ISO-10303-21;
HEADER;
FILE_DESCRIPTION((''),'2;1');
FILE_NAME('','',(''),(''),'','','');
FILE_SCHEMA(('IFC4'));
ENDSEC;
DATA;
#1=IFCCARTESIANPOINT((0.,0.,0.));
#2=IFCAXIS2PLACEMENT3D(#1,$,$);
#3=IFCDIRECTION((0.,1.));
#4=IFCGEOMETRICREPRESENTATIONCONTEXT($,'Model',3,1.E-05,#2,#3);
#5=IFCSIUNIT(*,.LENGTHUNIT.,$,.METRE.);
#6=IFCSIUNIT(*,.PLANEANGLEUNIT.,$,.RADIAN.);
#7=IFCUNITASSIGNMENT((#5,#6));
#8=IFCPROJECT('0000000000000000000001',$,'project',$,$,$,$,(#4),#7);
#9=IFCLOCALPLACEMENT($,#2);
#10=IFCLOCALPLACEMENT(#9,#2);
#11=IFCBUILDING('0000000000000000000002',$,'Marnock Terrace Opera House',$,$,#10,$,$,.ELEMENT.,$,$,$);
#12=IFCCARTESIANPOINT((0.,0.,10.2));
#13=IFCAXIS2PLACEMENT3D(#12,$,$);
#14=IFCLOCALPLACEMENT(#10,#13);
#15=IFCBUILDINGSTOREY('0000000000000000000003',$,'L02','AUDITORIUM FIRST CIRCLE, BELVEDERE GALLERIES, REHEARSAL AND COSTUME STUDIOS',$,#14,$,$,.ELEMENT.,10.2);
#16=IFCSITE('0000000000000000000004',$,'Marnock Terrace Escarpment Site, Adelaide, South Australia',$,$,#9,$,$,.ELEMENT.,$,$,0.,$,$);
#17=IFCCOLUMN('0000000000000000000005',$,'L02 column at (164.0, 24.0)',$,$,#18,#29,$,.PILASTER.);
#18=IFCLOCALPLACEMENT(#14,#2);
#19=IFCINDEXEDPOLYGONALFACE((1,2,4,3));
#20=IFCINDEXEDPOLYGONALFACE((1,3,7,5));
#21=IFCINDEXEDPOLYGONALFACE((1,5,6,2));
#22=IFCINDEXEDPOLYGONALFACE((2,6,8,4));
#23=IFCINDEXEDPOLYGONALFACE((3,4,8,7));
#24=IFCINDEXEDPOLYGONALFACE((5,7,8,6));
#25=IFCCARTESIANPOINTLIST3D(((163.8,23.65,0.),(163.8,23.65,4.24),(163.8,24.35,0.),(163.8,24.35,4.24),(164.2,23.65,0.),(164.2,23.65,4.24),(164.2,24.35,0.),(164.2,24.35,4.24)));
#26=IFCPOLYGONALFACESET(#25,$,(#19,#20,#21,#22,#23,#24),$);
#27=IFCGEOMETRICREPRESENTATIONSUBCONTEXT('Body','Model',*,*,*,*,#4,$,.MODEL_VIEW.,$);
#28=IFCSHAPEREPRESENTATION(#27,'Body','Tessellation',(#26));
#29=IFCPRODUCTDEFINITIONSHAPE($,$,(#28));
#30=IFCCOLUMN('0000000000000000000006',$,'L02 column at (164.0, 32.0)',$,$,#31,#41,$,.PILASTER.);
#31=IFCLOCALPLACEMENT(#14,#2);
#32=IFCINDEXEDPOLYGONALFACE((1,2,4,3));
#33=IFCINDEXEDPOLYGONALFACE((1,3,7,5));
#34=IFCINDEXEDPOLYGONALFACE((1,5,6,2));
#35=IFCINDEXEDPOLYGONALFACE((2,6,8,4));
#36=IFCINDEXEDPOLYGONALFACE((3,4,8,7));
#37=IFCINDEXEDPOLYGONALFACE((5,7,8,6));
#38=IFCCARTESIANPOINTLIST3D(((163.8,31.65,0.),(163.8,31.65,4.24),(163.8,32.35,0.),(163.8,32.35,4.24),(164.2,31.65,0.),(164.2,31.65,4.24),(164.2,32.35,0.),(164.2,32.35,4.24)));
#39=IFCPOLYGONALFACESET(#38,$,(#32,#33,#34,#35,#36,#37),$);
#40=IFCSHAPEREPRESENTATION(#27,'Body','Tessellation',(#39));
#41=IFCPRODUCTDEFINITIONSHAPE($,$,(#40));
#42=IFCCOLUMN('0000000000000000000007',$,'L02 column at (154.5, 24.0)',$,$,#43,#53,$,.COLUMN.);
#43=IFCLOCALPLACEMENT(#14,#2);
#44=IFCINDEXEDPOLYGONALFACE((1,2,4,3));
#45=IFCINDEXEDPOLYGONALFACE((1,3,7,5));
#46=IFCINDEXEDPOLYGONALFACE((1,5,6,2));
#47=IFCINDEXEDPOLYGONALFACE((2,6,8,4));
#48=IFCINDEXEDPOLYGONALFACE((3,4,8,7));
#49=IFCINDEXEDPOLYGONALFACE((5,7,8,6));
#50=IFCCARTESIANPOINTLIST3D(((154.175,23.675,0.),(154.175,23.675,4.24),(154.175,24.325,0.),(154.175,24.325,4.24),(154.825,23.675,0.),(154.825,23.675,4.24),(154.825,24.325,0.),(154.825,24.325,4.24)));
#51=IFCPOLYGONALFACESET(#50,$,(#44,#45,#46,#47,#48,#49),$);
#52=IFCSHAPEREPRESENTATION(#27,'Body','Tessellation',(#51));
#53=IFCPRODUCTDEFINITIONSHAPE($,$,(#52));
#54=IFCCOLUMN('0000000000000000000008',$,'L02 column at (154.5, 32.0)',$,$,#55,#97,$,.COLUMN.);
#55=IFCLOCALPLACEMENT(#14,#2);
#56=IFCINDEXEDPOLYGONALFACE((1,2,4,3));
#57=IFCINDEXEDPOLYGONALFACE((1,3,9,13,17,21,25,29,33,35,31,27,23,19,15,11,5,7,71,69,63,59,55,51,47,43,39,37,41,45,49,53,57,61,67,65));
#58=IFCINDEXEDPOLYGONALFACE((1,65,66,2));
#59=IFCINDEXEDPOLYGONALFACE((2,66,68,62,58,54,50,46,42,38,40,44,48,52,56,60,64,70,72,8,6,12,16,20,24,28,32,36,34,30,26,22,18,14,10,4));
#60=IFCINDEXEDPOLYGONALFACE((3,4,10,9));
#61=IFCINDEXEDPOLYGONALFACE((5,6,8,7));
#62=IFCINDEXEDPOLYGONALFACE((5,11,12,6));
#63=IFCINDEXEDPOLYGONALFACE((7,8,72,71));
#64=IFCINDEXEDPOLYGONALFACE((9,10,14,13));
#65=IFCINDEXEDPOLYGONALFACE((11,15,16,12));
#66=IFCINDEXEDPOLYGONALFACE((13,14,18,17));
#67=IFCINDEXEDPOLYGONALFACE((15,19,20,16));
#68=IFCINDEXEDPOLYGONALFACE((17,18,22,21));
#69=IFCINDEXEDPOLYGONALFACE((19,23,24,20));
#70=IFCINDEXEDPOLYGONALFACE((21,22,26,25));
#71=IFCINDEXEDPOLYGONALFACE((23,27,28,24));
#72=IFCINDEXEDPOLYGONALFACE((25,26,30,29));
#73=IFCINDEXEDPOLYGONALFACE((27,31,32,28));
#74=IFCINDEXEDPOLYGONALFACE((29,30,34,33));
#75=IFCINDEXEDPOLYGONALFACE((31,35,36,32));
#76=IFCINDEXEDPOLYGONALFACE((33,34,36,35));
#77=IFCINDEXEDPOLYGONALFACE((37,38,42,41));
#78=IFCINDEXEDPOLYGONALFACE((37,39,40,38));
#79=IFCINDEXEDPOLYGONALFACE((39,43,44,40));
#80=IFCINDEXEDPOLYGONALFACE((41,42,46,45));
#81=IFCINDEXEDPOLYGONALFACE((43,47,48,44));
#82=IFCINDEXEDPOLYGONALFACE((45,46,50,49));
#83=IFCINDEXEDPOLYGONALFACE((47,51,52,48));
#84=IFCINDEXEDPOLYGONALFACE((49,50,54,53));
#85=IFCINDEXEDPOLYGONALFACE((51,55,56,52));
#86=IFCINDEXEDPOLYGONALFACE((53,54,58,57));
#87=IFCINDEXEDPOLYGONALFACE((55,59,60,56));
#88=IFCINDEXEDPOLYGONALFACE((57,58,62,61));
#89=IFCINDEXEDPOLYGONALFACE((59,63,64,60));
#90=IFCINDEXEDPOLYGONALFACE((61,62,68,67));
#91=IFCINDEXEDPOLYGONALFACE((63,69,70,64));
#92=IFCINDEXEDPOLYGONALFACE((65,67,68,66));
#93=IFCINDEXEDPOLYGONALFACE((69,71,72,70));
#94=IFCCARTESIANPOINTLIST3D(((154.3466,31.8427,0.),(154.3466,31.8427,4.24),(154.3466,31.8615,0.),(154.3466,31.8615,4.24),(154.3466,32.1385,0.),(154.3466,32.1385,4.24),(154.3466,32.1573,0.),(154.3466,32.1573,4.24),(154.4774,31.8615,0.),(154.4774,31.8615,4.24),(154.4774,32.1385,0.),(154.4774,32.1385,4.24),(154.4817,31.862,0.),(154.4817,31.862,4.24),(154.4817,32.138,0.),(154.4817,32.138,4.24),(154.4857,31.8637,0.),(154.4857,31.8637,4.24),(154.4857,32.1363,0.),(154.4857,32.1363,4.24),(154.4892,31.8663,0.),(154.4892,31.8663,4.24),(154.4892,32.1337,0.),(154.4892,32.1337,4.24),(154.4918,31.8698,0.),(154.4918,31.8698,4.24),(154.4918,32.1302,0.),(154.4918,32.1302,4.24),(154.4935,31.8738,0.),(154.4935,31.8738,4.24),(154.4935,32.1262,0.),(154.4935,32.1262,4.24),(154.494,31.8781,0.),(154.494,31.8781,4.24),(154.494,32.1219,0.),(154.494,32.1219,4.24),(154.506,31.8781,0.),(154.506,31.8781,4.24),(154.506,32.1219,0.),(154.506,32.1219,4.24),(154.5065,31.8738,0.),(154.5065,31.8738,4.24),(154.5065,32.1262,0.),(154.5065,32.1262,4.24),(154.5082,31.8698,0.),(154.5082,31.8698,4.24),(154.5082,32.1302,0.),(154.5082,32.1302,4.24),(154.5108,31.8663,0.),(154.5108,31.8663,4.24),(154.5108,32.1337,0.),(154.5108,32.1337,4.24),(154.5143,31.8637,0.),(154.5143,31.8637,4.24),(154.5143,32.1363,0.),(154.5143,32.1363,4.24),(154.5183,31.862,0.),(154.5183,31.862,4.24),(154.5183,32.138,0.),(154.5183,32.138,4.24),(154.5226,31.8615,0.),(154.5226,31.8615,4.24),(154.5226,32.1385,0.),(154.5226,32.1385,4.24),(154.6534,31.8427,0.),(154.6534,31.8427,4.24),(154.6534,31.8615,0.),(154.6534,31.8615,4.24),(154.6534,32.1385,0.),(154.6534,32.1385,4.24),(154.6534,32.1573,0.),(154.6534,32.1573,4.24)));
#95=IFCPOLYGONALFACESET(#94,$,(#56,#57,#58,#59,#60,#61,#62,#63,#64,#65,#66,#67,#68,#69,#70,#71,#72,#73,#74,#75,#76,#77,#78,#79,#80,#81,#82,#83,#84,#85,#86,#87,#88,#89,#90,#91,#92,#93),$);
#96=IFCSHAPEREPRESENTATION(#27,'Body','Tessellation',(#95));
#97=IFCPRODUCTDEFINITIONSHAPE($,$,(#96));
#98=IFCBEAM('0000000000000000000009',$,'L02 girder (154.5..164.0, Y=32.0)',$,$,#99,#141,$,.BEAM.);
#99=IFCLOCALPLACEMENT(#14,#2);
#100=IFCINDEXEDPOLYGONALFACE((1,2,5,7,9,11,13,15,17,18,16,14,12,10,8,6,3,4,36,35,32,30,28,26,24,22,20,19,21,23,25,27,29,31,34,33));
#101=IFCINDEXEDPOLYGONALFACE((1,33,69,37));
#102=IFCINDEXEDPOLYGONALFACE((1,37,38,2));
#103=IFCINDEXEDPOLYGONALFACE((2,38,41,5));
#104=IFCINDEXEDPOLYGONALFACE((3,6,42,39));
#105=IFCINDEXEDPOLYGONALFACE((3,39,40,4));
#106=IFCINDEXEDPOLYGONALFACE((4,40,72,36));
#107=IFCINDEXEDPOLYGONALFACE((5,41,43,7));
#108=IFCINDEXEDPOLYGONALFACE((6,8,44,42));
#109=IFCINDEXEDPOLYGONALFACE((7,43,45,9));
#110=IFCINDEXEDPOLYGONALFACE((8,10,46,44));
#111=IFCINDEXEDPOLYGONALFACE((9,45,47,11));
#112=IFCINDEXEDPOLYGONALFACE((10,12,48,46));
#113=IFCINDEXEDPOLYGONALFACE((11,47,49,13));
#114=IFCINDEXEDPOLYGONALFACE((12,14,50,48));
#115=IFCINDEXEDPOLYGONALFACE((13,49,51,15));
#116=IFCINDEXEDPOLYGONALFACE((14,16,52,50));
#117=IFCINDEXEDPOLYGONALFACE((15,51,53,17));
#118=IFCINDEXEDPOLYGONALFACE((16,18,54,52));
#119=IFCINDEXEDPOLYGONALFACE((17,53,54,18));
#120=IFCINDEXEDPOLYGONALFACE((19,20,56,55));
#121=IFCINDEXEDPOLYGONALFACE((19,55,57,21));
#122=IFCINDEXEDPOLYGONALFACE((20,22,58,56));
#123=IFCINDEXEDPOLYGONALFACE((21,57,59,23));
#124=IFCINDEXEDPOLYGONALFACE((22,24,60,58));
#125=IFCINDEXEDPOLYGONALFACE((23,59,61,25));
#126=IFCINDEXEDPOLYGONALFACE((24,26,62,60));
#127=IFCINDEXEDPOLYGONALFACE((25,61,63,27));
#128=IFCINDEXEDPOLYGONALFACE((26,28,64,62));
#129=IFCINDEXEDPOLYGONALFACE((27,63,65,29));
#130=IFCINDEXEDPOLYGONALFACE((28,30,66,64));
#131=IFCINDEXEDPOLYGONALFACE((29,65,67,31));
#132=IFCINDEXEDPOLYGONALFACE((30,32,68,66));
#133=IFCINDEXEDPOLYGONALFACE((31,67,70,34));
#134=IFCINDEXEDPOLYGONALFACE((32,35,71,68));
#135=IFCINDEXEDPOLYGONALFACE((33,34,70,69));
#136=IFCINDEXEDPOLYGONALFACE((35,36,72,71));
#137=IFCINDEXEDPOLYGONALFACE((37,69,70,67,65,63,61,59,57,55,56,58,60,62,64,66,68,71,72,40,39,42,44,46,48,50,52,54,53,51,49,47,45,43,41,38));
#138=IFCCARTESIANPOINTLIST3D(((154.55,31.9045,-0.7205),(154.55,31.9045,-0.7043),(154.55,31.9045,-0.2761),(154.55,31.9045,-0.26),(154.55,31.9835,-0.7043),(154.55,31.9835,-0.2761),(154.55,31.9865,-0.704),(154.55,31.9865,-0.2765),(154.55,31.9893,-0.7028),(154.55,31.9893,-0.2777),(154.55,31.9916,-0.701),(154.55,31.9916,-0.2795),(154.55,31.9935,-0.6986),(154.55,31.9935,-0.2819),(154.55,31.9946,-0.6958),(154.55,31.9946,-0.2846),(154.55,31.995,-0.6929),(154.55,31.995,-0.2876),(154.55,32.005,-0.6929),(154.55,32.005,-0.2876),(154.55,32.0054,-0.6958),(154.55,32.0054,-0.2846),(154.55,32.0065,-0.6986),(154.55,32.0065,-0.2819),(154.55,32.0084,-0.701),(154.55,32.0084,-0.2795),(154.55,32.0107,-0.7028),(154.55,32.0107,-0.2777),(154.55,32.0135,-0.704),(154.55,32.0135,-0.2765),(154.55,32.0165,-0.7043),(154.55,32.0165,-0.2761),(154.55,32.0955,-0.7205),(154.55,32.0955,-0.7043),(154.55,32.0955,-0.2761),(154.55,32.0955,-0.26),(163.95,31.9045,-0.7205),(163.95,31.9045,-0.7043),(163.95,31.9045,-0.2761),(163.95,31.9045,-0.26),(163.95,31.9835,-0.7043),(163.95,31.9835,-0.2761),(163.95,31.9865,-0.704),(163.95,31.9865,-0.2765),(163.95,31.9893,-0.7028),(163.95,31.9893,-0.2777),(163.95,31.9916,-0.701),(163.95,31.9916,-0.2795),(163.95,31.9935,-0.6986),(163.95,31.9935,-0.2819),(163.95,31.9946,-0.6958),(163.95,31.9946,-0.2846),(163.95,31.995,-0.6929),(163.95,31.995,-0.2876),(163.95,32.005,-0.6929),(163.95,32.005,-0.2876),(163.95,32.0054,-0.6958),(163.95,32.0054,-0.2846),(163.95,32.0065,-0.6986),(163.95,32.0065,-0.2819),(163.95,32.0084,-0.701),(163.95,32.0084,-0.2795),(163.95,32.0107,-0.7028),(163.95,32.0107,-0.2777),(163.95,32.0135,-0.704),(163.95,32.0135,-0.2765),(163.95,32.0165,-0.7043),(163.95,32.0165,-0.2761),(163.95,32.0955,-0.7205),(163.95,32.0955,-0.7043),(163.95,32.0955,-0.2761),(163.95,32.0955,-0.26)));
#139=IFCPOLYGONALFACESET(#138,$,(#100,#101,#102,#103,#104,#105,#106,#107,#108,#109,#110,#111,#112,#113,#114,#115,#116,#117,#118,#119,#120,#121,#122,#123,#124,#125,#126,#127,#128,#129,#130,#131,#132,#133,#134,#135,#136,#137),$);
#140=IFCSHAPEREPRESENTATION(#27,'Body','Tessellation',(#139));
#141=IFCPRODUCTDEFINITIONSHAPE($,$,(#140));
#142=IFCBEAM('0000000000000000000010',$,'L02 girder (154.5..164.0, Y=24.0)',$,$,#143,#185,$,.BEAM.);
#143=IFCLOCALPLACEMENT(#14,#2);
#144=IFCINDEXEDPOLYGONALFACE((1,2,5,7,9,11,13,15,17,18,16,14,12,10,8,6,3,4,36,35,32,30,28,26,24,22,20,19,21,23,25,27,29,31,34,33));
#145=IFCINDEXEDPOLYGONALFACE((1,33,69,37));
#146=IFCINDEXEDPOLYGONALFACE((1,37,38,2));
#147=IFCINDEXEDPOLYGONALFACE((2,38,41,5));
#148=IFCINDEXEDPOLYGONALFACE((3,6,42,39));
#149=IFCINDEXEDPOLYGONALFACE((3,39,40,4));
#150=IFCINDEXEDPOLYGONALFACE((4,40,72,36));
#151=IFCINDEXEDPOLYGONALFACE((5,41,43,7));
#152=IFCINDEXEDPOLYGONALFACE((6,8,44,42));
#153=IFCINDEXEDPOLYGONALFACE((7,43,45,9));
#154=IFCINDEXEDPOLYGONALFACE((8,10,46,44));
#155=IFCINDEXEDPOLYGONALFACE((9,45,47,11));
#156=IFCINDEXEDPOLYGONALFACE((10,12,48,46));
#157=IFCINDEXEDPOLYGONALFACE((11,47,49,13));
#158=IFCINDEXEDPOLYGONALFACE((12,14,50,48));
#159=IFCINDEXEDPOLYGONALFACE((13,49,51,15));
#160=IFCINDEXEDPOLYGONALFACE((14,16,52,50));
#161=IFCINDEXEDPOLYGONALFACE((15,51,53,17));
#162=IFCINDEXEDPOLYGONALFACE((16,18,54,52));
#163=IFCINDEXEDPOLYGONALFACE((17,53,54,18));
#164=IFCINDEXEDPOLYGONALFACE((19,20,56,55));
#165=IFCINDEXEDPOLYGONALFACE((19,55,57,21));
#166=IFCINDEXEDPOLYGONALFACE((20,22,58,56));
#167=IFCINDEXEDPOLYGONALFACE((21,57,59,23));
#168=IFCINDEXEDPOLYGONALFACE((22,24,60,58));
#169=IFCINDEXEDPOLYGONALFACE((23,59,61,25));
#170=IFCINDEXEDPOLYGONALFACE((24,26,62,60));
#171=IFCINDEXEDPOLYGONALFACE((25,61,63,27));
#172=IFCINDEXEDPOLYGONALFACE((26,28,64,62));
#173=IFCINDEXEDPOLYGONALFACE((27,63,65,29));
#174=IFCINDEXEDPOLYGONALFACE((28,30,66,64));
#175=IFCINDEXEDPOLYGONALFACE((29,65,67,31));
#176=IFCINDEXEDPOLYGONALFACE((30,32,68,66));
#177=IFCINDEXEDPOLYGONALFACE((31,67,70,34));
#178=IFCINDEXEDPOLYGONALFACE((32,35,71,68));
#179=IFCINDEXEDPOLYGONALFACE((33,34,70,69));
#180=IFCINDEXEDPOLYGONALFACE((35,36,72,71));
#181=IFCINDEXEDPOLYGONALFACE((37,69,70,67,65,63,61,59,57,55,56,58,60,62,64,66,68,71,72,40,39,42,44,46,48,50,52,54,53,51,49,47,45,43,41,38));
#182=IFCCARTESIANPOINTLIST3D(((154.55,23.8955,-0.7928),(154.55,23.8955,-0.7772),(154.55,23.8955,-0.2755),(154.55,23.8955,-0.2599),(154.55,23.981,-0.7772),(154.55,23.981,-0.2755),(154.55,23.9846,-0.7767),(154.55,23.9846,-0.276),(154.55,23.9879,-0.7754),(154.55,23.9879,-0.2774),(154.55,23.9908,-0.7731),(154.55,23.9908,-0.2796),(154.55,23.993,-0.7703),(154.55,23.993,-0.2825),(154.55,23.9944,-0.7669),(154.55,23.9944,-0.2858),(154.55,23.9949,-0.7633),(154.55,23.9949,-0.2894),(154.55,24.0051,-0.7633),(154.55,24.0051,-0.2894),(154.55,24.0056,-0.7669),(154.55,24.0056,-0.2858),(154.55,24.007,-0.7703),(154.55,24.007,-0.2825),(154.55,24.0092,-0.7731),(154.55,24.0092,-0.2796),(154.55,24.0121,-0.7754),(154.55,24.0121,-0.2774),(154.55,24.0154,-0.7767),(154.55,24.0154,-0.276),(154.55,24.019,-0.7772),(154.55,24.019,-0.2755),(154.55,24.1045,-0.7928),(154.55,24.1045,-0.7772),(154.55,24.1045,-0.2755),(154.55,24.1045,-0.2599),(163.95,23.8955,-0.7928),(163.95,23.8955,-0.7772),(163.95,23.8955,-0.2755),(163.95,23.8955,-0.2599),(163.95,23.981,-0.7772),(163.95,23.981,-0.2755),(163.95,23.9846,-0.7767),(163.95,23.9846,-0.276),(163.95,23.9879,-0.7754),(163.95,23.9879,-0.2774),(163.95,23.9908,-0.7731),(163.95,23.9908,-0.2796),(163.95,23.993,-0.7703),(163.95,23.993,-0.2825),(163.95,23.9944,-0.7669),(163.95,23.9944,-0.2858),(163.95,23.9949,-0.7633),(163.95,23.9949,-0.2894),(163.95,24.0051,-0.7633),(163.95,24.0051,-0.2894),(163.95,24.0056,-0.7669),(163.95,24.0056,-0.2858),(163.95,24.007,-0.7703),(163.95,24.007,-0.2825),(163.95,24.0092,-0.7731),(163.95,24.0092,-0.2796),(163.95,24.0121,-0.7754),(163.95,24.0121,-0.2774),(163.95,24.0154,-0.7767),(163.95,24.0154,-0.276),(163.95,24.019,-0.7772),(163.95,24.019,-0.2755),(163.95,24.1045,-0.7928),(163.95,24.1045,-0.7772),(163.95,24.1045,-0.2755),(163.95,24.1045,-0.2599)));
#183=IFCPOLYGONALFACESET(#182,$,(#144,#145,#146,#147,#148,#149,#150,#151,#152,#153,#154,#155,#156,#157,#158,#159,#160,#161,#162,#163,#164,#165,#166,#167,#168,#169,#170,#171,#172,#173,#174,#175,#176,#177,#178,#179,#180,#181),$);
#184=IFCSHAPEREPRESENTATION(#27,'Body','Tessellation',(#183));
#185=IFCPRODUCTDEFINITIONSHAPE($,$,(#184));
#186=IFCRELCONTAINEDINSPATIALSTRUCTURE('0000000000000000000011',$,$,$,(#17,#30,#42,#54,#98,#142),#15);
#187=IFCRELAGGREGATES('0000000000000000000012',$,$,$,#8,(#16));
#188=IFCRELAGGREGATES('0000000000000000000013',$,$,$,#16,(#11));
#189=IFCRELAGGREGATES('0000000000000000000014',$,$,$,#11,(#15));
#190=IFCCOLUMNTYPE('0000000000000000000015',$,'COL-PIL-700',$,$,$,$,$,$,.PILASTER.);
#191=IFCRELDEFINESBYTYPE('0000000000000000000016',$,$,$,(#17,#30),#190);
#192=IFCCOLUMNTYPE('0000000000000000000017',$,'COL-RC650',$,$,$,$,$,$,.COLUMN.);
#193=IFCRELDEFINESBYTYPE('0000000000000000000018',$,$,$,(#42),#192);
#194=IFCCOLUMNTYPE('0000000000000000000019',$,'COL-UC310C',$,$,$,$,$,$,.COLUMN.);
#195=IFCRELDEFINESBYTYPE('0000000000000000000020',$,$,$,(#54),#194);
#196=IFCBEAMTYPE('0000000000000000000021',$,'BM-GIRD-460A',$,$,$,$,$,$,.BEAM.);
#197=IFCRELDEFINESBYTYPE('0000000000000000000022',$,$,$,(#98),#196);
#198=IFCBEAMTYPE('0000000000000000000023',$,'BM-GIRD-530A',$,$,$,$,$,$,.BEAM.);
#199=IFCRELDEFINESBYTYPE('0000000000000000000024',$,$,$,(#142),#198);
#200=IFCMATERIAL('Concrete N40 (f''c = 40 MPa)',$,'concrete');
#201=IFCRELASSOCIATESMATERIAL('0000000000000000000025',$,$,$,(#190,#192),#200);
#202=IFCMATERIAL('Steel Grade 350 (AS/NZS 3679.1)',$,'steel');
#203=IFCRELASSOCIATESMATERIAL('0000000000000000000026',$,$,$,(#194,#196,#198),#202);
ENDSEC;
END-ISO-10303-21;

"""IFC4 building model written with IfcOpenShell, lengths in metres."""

from ifc_helpers import new_model, si_unit, direction, frame, origin, origin_2d, place, context, subcontext, project, spatial, rectangle, i_section, extrude, material, material_profile, profile_set, type_object, element, save


model = new_model("IFC4")

# Units and contexts
model_context = context("Model", 3, precision=1e-05, world=origin(), true_north=direction((0.0, 1.0)))
body_context = subcontext(model_context, "Body", "Model", "MODEL_VIEW")
ifc_project = project(units=[si_unit("LENGTHUNIT", "METRE"), si_unit("PLANEANGLEUNIT", "RADIAN")], contexts=[model_context])

# Site, building, storey
site_placement = place(None, origin())
site = spatial("IfcSite", under=ifc_project, at=site_placement, Name="Marnock Terrace Escarpment Site, Adelaide, South Australia", CompositionType="ELEMENT", RefElevation=0.0)
building_placement = place(site_placement, origin())
building = spatial("IfcBuilding", under=site, at=building_placement, Name="Marnock Terrace Opera House", CompositionType="ELEMENT")
storey_placement = place(building_placement, frame((0.0, 0.0, 10.2)))
storey = spatial("IfcBuildingStorey", under=building, at=storey_placement, Name="L02", Description="AUDITORIUM FIRST CIRCLE, BELVEDERE GALLERIES, REHEARSAL AND COSTUME STUDIOS", CompositionType="ELEMENT", Elevation=10.2)

# Columns
ifc_material_1 = material(Name="Concrete N40 (f'c = 40 MPa)", Category="concrete")
ifc_material_profile_1 = material_profile(ifc_material_1, rectangle(XDim=0.3999, YDim=0.7, at=origin_2d()))
ifc_profile_set_1 = profile_set([ifc_material_profile_1], Name="Concrete N40 (f'c = 40 MPa)")
column_type_1 = type_object("IfcColumnType", Name="COL-PIL-700", PredefinedType="PILASTER", material=ifc_profile_set_1)
for number, where, z_axis, x_axis, name in (
    (1, (164.0, 24.0, 0.0), (0.0, 0.0, 1.0), (1.0, 0.0, 0.0), "L02 column at (164.0, 24.0)"),
    (2, (164.0, 32.0, 0.0), (0.0, 0.0, 1.0), (1.0, 0.0, 0.0), "L02 column at (164.0, 32.0)"),
):
    element("IfcColumn", number, at=place(storey_placement, frame(where, z_axis=z_axis, x_axis=x_axis)), inside=storey, type_object=column_type_1, Name=name, PredefinedType="PILASTER", context=body_context, shape_type="SweptSolid", body=[
        extrude(rectangle(XDim=0.3999, YDim=0.7, at=origin_2d()), origin(), (0.0, 0.0, 1.0), 4.24),
    ])
ifc_material_profile_2 = material_profile(ifc_material_1, rectangle(XDim=0.6499, YDim=0.6499, at=origin_2d()))
ifc_profile_set_2 = profile_set([ifc_material_profile_2], Name="Concrete N40 (f'c = 40 MPa)")
column_type_2 = type_object("IfcColumnType", Name="COL-RC650", PredefinedType="COLUMN", material=ifc_profile_set_2)
column_1_placement = place(storey_placement, frame((154.5, 24.0, 0.0), z_axis=(0.0, 0.0, 1.0), x_axis=(1.0, 0.0, 0.0)))
element("IfcColumn", 3, at=column_1_placement, inside=storey, type_object=column_type_2, Name="L02 column at (154.5, 24.0)", PredefinedType="COLUMN", context=body_context, shape_type="SweptSolid", body=[
    extrude(rectangle(XDim=0.6499, YDim=0.6499, at=origin_2d()), origin(), (0.0, 0.0, 1.0), 4.24),
])
ifc_material_2 = material(Name="Steel Grade 350 (AS/NZS 3679.1)", Category="steel")
ifc_material_profile_3 = material_profile(ifc_material_2, i_section(OverallWidth=0.3069, OverallDepth=0.3147, WebThickness=0.012, FlangeThickness=0.0188, FilletRadius=0.0166, at=origin_2d()))
ifc_profile_set_3 = profile_set([ifc_material_profile_3], Name="Steel Grade 350 (AS/NZS 3679.1)")
column_type_3 = type_object("IfcColumnType", Name="COL-UC310C", PredefinedType="COLUMN", material=ifc_profile_set_3)
column_2_placement = place(storey_placement, frame((154.5, 32.0, 0.0), z_axis=(0.0, 0.0, 1.0), x_axis=(1.0, 0.0, 0.0)))
element("IfcColumn", 4, at=column_2_placement, inside=storey, type_object=column_type_3, Name="L02 column at (154.5, 32.0)", PredefinedType="COLUMN", context=body_context, shape_type="SweptSolid", body=[
    extrude(i_section(OverallWidth=0.3069, OverallDepth=0.3147, WebThickness=0.012, FlangeThickness=0.0188, FilletRadius=0.0166, at=origin_2d()), origin(), (0.0, 0.0, 1.0), 4.24),
])

# Beams
ifc_material_profile_4 = material_profile(ifc_material_2, i_section(OverallWidth=0.1909, OverallDepth=0.4604, WebThickness=0.01, FlangeThickness=0.0161, FilletRadius=0.0115, at=origin_2d()))
ifc_profile_set_4 = profile_set([ifc_material_profile_4], Name="Steel Grade 350 (AS/NZS 3679.1)")
beam_type_1 = type_object("IfcBeamType", Name="BM-GIRD-460A", PredefinedType="BEAM", material=ifc_profile_set_4)
beam_1_placement = place(storey_placement, frame((154.55, 32.0, -0.4902), z_axis=(1.0, 0.0, 0.0), x_axis=(0.0, 1.0, 0.0)))
element("IfcBeam", 5, at=beam_1_placement, inside=storey, type_object=beam_type_1, Name="L02 girder (154.5..164.0, Y=32.0)", PredefinedType="BEAM", context=body_context, shape_type="SweptSolid", body=[
    extrude(i_section(OverallWidth=0.1909, OverallDepth=0.4604, WebThickness=0.01, FlangeThickness=0.0161, FilletRadius=0.0115, at=origin_2d()), origin(), (0.0, 0.0, 1.0), 9.3999),
])
ifc_material_profile_5 = material_profile(ifc_material_2, i_section(OverallWidth=0.209, OverallDepth=0.533, WebThickness=0.0103, FlangeThickness=0.0156, FilletRadius=0.0139, at=origin_2d()))
ifc_profile_set_5 = profile_set([ifc_material_profile_5], Name="Steel Grade 350 (AS/NZS 3679.1)")
beam_type_2 = type_object("IfcBeamType", Name="BM-GIRD-530A", PredefinedType="BEAM", material=ifc_profile_set_5)
beam_2_placement = place(storey_placement, frame((154.55, 24.0, -0.5264), z_axis=(1.0, 0.0, 0.0), x_axis=(0.0, 1.0, 0.0)))
element("IfcBeam", 6, at=beam_2_placement, inside=storey, type_object=beam_type_2, Name="L02 girder (154.5..164.0, Y=24.0)", PredefinedType="BEAM", context=body_context, shape_type="SweptSolid", body=[
    extrude(i_section(OverallWidth=0.209, OverallDepth=0.533, WebThickness=0.0103, FlangeThickness=0.0156, FilletRadius=0.0139, at=origin_2d()), origin(), (0.0, 0.0, 1.0), 9.3999),
])

save(model, "model.ifc")
